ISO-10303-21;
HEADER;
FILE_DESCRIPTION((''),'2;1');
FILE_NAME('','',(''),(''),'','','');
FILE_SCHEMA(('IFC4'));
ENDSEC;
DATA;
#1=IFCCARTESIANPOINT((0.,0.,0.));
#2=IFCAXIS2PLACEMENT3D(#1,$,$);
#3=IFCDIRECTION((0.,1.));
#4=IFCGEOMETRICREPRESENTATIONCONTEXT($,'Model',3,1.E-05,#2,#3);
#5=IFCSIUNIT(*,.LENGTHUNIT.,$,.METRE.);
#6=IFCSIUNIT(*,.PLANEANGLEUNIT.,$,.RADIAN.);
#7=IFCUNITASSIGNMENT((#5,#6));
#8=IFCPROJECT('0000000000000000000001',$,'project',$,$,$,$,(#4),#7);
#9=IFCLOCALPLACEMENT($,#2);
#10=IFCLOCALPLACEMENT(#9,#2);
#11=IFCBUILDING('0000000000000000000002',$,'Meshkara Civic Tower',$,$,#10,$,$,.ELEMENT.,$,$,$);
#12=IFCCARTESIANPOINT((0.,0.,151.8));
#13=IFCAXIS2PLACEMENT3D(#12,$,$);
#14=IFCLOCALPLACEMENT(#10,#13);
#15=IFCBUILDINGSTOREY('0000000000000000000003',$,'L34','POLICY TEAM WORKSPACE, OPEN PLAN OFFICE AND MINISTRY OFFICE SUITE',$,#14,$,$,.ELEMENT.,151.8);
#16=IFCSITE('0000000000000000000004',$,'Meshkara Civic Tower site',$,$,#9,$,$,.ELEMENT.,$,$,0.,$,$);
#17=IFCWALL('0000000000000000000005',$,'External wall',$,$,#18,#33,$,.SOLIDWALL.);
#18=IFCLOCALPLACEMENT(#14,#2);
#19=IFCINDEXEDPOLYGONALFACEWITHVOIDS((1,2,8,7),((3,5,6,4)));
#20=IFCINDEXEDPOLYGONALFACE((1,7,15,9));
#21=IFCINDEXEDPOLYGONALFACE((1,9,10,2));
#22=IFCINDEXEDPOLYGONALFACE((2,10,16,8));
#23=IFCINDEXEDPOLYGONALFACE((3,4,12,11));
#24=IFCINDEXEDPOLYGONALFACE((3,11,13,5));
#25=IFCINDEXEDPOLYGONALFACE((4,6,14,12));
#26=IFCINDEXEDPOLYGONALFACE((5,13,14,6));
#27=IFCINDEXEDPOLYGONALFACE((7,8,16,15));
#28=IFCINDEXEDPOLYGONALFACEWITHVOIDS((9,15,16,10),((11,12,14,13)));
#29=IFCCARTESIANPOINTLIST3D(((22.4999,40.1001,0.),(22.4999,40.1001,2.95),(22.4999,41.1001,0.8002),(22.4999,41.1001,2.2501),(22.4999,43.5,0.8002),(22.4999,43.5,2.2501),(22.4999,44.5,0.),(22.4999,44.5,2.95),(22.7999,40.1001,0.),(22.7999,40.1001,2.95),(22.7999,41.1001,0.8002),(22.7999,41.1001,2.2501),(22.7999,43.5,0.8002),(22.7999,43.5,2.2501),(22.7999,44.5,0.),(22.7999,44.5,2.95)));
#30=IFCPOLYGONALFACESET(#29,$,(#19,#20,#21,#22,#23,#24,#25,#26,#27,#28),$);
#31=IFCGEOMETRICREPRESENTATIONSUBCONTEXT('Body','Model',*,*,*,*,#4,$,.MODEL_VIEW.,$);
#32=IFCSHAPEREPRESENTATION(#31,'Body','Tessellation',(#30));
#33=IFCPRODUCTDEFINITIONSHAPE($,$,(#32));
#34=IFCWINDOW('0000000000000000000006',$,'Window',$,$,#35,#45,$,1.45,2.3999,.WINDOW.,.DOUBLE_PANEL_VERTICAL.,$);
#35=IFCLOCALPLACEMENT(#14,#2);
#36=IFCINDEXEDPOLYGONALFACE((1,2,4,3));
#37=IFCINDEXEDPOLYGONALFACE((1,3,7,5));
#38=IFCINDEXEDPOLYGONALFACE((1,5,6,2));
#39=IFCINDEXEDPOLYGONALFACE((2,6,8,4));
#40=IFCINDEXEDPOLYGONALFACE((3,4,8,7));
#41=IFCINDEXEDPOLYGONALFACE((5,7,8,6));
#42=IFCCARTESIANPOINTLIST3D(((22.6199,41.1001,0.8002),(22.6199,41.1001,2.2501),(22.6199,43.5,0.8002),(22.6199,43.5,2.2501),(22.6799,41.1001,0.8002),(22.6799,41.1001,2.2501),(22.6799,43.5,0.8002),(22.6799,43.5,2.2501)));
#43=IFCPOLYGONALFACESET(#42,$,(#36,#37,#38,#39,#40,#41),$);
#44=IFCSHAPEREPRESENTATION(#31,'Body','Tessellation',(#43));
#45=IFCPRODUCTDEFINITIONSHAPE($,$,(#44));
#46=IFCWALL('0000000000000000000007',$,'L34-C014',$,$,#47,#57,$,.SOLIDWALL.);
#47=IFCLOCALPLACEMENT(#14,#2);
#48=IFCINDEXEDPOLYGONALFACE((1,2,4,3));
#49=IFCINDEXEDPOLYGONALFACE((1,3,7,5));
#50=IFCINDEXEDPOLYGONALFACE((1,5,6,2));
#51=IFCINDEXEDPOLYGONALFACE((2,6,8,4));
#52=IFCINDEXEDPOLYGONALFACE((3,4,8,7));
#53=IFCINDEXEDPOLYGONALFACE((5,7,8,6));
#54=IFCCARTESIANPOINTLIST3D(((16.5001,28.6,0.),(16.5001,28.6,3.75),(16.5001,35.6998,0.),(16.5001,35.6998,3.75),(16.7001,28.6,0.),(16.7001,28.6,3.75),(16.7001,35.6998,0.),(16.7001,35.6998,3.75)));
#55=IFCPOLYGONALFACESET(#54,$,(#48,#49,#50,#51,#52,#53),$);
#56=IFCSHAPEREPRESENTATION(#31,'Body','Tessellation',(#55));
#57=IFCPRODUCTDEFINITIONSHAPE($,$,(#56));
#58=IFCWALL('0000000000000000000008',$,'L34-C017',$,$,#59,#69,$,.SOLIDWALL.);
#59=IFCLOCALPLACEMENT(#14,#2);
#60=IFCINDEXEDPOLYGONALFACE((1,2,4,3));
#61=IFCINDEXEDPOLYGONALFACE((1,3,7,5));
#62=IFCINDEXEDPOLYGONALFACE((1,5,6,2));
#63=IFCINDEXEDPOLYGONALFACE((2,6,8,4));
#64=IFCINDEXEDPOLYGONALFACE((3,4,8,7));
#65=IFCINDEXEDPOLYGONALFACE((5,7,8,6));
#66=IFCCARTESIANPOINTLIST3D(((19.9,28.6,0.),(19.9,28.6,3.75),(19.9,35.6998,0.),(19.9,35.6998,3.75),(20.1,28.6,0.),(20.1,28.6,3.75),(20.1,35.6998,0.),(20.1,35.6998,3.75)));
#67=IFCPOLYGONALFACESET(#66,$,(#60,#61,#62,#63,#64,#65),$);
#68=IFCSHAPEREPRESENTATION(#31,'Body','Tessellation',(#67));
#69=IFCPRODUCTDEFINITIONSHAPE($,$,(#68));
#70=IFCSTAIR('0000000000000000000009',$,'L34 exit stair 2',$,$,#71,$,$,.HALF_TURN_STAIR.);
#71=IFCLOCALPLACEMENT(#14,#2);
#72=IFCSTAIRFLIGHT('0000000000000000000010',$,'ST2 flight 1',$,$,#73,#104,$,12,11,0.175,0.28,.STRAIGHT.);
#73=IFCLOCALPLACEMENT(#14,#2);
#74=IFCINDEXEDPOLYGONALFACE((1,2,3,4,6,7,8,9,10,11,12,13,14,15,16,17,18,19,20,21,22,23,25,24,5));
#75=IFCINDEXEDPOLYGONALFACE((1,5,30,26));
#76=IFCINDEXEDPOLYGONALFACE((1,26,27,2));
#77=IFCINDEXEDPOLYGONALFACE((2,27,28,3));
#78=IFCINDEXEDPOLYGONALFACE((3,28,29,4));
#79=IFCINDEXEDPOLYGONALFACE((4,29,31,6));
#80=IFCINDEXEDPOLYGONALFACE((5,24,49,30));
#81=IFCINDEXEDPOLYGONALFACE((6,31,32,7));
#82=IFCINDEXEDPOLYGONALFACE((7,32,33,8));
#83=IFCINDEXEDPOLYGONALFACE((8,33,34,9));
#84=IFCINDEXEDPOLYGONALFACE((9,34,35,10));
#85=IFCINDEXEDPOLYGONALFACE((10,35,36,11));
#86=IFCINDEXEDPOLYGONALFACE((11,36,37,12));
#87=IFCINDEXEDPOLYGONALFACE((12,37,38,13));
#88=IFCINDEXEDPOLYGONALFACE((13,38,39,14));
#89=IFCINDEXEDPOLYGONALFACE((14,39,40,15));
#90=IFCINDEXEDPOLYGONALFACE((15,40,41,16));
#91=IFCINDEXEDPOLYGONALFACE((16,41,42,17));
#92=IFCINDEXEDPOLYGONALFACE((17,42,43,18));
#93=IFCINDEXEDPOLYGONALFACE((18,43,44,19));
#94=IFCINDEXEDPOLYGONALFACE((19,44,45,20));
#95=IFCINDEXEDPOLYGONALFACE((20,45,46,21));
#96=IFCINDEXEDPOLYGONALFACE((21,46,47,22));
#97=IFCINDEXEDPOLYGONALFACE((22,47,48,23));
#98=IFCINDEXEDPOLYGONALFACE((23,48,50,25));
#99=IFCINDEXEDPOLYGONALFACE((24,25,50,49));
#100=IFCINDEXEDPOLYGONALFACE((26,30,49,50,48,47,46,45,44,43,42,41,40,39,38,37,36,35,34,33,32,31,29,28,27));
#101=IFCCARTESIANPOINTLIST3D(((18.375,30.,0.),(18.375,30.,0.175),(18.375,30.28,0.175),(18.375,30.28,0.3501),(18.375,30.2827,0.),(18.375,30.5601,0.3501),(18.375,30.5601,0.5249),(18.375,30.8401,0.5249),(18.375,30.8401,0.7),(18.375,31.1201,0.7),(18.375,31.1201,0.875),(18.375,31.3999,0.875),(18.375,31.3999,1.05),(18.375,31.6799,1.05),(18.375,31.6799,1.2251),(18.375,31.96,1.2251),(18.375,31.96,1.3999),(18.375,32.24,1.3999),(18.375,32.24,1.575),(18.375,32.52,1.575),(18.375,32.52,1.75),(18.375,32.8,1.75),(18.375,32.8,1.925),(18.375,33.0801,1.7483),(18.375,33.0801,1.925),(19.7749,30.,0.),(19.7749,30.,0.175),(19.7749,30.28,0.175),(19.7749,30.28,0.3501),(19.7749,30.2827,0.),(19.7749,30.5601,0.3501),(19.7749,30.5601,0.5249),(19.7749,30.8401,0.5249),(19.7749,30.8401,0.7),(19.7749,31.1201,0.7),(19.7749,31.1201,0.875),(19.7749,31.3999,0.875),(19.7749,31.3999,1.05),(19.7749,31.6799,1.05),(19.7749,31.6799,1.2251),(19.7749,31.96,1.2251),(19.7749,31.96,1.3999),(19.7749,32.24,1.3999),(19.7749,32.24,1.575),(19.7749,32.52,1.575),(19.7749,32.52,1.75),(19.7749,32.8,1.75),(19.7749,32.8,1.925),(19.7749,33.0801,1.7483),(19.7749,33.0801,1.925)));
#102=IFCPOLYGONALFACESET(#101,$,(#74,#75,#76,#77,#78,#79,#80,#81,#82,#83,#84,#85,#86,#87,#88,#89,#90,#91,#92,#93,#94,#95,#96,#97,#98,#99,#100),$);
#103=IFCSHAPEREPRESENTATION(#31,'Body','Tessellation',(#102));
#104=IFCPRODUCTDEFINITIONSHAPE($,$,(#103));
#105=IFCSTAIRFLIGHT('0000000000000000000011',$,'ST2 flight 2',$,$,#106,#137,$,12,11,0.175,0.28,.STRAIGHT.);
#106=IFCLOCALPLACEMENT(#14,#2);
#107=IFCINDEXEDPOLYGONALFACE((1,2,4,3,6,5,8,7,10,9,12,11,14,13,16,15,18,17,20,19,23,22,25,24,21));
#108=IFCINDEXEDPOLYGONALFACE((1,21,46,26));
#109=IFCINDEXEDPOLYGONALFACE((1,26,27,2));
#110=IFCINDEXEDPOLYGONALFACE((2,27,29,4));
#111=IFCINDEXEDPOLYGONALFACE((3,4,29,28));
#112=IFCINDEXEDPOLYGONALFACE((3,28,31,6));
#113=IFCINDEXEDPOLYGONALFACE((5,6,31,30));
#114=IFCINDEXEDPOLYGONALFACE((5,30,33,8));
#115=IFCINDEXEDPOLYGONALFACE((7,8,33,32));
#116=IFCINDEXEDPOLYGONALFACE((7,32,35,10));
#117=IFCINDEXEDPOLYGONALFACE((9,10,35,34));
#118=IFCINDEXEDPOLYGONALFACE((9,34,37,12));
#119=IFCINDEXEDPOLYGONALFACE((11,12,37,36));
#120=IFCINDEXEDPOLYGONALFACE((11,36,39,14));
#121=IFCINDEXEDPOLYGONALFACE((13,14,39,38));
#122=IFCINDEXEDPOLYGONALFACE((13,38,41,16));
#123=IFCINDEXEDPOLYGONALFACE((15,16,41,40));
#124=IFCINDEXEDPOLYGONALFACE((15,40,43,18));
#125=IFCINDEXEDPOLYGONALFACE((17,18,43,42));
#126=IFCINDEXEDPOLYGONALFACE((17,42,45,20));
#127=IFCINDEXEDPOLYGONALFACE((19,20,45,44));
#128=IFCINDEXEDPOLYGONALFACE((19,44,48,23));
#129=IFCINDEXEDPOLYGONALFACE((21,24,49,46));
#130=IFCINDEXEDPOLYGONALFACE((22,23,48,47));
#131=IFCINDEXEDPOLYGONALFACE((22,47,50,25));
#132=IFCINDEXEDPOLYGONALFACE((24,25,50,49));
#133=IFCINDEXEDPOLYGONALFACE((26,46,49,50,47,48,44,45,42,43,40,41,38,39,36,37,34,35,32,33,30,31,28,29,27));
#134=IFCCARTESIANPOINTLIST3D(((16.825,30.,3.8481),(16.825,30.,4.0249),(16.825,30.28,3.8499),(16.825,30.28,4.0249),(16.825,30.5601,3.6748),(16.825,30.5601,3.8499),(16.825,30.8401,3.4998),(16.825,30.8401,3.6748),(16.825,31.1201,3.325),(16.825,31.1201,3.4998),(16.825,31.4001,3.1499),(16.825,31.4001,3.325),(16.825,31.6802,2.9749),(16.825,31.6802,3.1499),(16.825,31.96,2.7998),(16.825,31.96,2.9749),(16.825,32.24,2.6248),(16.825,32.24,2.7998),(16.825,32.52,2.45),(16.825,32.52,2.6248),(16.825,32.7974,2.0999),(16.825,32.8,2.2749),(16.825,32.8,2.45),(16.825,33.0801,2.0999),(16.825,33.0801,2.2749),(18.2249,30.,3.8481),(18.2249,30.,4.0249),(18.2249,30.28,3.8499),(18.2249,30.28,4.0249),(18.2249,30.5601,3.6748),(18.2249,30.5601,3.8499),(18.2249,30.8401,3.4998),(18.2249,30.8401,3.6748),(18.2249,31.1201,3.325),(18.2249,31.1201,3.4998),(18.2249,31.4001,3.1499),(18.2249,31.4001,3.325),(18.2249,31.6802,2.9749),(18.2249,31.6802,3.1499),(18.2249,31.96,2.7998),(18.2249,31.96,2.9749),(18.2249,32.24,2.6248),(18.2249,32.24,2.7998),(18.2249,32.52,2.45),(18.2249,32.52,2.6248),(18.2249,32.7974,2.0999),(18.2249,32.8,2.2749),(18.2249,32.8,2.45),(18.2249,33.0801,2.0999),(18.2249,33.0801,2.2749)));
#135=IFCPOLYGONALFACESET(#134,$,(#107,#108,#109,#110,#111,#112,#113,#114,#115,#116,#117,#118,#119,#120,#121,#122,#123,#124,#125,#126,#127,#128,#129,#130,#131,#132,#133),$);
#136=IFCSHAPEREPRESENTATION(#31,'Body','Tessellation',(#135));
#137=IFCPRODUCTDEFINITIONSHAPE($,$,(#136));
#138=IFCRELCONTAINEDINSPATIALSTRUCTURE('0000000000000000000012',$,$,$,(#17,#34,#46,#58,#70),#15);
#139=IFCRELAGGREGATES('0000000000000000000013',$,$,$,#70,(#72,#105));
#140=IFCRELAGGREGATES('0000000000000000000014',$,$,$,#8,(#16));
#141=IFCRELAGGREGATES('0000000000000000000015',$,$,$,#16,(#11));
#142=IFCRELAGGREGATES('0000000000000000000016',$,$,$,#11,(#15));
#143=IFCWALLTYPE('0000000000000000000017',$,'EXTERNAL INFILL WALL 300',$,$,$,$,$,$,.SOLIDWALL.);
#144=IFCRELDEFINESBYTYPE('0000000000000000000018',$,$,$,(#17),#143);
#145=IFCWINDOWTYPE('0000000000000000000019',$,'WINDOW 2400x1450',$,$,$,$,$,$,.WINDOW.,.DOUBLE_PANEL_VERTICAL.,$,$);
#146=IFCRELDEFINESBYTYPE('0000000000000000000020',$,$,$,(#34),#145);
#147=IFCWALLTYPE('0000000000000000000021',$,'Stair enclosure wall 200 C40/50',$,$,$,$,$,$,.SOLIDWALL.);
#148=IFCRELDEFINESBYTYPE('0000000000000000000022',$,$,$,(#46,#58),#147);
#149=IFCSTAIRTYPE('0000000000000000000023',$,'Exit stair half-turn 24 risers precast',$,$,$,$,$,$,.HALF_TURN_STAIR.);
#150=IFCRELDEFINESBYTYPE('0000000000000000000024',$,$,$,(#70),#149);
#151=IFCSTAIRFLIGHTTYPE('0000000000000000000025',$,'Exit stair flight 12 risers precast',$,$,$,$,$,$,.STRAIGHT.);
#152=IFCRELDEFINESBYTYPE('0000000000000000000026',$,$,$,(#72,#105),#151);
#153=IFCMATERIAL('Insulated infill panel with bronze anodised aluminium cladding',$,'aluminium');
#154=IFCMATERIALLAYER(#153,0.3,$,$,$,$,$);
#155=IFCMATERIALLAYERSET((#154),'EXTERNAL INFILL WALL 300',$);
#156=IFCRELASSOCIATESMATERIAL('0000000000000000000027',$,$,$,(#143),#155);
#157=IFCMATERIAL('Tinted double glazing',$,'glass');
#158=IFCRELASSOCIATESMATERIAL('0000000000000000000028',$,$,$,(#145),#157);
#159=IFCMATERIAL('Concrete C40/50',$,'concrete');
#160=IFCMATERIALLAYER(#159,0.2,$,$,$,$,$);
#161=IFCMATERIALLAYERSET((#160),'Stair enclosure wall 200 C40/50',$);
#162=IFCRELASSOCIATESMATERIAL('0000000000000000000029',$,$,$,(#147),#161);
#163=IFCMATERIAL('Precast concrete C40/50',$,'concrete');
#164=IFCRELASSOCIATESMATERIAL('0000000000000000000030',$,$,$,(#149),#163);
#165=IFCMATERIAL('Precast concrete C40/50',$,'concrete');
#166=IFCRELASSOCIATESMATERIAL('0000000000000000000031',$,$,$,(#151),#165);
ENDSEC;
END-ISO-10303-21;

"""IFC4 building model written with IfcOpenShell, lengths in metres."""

from ifc_helpers import new_model, si_unit, direction, frame, frame_2d, origin, place, context, subcontext, project, spatial, polyline, rectangle, outline, extrude, material, layer, layer_set, type_object, element, fill, aggregate, save


model = new_model("IFC4")

# Units and contexts
model_context = context("Model", 3, precision=1e-05, world=origin(), true_north=direction((0.0, 1.0)))
body_context = subcontext(model_context, "Body", "Model", "MODEL_VIEW")
ifc_project = project(units=[si_unit("LENGTHUNIT", "METRE"), si_unit("PLANEANGLEUNIT", "RADIAN")], contexts=[model_context])

# Site, building, storey
site_placement = place(None, origin())
site = spatial("IfcSite", under=ifc_project, at=site_placement, Name="Meshkara Civic Tower site", CompositionType="ELEMENT", RefElevation=0.0)
building_placement = place(site_placement, origin())
building = spatial("IfcBuilding", under=site, at=building_placement, Name="Meshkara Civic Tower", CompositionType="ELEMENT")
storey_placement = place(building_placement, frame((0.0, 0.0, 151.8)))
storey = spatial("IfcBuildingStorey", under=building, at=storey_placement, Name="L34", Description="POLICY TEAM WORKSPACE, OPEN PLAN OFFICE AND MINISTRY OFFICE SUITE", CompositionType="ELEMENT", Elevation=151.8)

# Wall, opening, window
ifc_material_1 = material(Name="Insulated infill panel with bronze anodised aluminium cladding", Category="aluminium")
ifc_layer_1 = layer(ifc_material_1, 0.3)
ifc_layer_set_1 = layer_set([ifc_layer_1], Name="EXTERNAL INFILL WALL 300")
wall_type_1 = type_object("IfcWallType", Name="EXTERNAL INFILL WALL 300", PredefinedType="SOLIDWALL", material=ifc_layer_set_1)
ifc_material_2 = material(Name="Tinted double glazing", Category="glass")
window_type_1 = type_object("IfcWindowType", Name="WINDOW 2400x1450", PartitioningType="DOUBLE_PANEL_VERTICAL", PredefinedType="WINDOW", material=ifc_material_2)
wall_1_placement = place(storey_placement, frame((22.6499, 40.1001, 0.0), z_axis=(0.0, 0.0, 1.0), x_axis=(0.0, 1.0, 0.0)))
wall_1 = element("IfcWall", 1, at=wall_1_placement, inside=storey, type_object=wall_type_1, Name="External wall", PredefinedType="SOLIDWALL", context=body_context, shape_type="SweptSolid", body=[
    extrude(rectangle(XDim=4.3999, YDim=0.3, at=frame_2d((2.2, 0.0))), origin(), (0.0, 0.0, 1.0), 2.95),
])
opening_1_placement = place(wall_1_placement, frame((1.0, 0.0, 0.8)))
opening_1 = element("IfcOpeningElement", 2, at=opening_1_placement, cuts=wall_1, PredefinedType="OPENING", context=body_context, shape_type="SweptSolid", body=[
    extrude(rectangle(XDim=2.3999, YDim=1.45, at=frame_2d((1.2, 0.7251))), frame((0.0, 0.1599, 0.0), z_axis=(0.0, -1.0, 0.0), x_axis=(1.0, 0.0, 0.0)), (0.0, 0.0, 1.0), 0.3201),
])
window_1_placement = place(opening_1_placement, origin())
window_1 = element("IfcWindow", 3, at=window_1_placement, inside=storey, type_object=window_type_1, Name="Window", OverallHeight=1.45, OverallWidth=2.3999, PartitioningType="DOUBLE_PANEL_VERTICAL", PredefinedType="WINDOW", context=body_context, shape_type="SweptSolid", body=[
    extrude(rectangle(XDim=2.3999, YDim=1.45, at=frame_2d((1.2, 0.7251))), frame((0.0, 0.03, 0.0), z_axis=(0.0, -1.0, 0.0), x_axis=(1.0, 0.0, 0.0)), (0.0, 0.0, 1.0), 0.0601),
])
fill(opening_1, window_1)

# Walls
ifc_material_3 = material(Name="Concrete C40/50", Category="concrete")
ifc_layer_2 = layer(ifc_material_3, 0.2)
ifc_layer_set_2 = layer_set([ifc_layer_2], Name="Stair enclosure wall 200 C40/50")
wall_type_2 = type_object("IfcWallType", Name="Stair enclosure wall 200 C40/50", PredefinedType="SOLIDWALL", material=ifc_layer_set_2)
for number, where, z_axis, x_axis, name in (
    (4, (16.6001, 28.6001, 0.0), (0.0, 0.0, 1.0), (0.0, 1.0, 0.0), "L34-C014"),
    (5, (20.0, 28.6001, 0.0), (0.0, 0.0, 1.0), (0.0, 1.0, 0.0), "L34-C017"),
):
    element("IfcWall", number, at=place(storey_placement, frame(where, z_axis=z_axis, x_axis=x_axis)), inside=storey, type_object=wall_type_2, Name=name, PredefinedType="SOLIDWALL", context=body_context, shape_type="SweptSolid", body=[
        extrude(rectangle(XDim=7.0999, YDim=0.2, at=frame_2d((3.5498, 0.0))), origin(), (0.0, 0.0, 1.0), 3.75),
    ])

# Stair, stair flights
ifc_material_4 = material(Name="Precast concrete C40/50", Category="concrete")
stair_type = type_object("IfcStairType", Name="Exit stair half-turn 24 risers precast", PredefinedType="HALF_TURN_STAIR", material=ifc_material_4)
stair_placement = place(storey_placement, origin())
stair = element("IfcStair", 6, at=stair_placement, inside=storey, type_object=stair_type, Name="L34 exit stair 2", PredefinedType="HALF_TURN_STAIR")
ifc_material_5 = material(Name="Precast concrete C40/50", Category="concrete")
stair_flight_type = type_object("IfcStairFlightType", Name="Exit stair flight 12 risers precast", PredefinedType="STRAIGHT", material=ifc_material_5)
stair_flight_1_placement = place(storey_placement, frame((19.075, 30.0, 0.0), z_axis=(0.0, 0.0, 1.0), x_axis=(0.0, 1.0, 0.0)))
stair_flight_1 = element("IfcStairFlight", 7, at=stair_flight_1_placement, type_object=stair_flight_type, Name="ST2 flight 1", NumberOfRisers=12, NumberOfTreads=11, PredefinedType="STRAIGHT", RiserHeight=0.175, TreadLength=0.28, context=body_context, shape_type="SweptSolid", body=[
    extrude(outline(polyline([(0.0, 0.0), (0.0, 0.175), (0.28, 0.175), (0.28, 0.3501), (0.5601, 0.3501), (0.5601, 0.5249), (0.8401, 0.5249), (0.8401, 0.7), (1.1201, 0.7), (1.1201, 0.875), (1.3999, 0.875), (1.3999, 1.05), (1.6799, 1.05), (1.6799, 1.2251), (1.96, 1.2251), (1.96, 1.3999), (2.24, 1.3999), (2.24, 1.575), (2.52, 1.575), (2.52, 1.75), (2.8, 1.75), (2.8, 1.925), (3.0801, 1.925), (3.0801, 2.1001), (3.0801, 1.7483), (0.2827, 0.0), (0.0, 0.0)])), frame((0.0, 0.7, 0.0), z_axis=(0.0, -1.0, 0.0), x_axis=(1.0, 0.0, 0.0)), (0.0, 0.0, 1.0), 1.3999),
])
stair_flight_2_placement = place(storey_placement, frame((17.5249, 33.0801, 2.0999), z_axis=(0.0, 0.0, 1.0), x_axis=(0.0, -1.0, 0.0)))
stair_flight_2 = element("IfcStairFlight", 8, at=stair_flight_2_placement, type_object=stair_flight_type, Name="ST2 flight 2", NumberOfRisers=12, NumberOfTreads=11, PredefinedType="STRAIGHT", RiserHeight=0.175, TreadLength=0.28, context=body_context, shape_type="SweptSolid", body=[
    extrude(outline(polyline([(0.0, 0.0), (0.0, 0.175), (0.28, 0.175), (0.28, 0.3501), (0.5601, 0.3501), (0.5601, 0.5249), (0.8401, 0.5249), (0.8401, 0.7), (1.1201, 0.7), (1.1201, 0.875), (1.3999, 0.875), (1.3999, 1.05), (1.6799, 1.05), (1.6799, 1.2251), (1.96, 1.2251), (1.96, 1.3999), (2.24, 1.3999), (2.24, 1.575), (2.52, 1.575), (2.52, 1.75), (2.8, 1.75), (2.8, 1.925), (3.0801, 1.925), (3.0801, 2.1001), (3.0801, 1.7483), (0.2827, 0.0), (0.0, 0.0)])), frame((0.0, 0.7, 0.0), z_axis=(0.0, -1.0, 0.0), x_axis=(1.0, 0.0, 0.0)), (0.0, 0.0, 1.0), 1.3999),
])
aggregate(stair, [stair_flight_1, stair_flight_2])

save(model, "model.ifc")
